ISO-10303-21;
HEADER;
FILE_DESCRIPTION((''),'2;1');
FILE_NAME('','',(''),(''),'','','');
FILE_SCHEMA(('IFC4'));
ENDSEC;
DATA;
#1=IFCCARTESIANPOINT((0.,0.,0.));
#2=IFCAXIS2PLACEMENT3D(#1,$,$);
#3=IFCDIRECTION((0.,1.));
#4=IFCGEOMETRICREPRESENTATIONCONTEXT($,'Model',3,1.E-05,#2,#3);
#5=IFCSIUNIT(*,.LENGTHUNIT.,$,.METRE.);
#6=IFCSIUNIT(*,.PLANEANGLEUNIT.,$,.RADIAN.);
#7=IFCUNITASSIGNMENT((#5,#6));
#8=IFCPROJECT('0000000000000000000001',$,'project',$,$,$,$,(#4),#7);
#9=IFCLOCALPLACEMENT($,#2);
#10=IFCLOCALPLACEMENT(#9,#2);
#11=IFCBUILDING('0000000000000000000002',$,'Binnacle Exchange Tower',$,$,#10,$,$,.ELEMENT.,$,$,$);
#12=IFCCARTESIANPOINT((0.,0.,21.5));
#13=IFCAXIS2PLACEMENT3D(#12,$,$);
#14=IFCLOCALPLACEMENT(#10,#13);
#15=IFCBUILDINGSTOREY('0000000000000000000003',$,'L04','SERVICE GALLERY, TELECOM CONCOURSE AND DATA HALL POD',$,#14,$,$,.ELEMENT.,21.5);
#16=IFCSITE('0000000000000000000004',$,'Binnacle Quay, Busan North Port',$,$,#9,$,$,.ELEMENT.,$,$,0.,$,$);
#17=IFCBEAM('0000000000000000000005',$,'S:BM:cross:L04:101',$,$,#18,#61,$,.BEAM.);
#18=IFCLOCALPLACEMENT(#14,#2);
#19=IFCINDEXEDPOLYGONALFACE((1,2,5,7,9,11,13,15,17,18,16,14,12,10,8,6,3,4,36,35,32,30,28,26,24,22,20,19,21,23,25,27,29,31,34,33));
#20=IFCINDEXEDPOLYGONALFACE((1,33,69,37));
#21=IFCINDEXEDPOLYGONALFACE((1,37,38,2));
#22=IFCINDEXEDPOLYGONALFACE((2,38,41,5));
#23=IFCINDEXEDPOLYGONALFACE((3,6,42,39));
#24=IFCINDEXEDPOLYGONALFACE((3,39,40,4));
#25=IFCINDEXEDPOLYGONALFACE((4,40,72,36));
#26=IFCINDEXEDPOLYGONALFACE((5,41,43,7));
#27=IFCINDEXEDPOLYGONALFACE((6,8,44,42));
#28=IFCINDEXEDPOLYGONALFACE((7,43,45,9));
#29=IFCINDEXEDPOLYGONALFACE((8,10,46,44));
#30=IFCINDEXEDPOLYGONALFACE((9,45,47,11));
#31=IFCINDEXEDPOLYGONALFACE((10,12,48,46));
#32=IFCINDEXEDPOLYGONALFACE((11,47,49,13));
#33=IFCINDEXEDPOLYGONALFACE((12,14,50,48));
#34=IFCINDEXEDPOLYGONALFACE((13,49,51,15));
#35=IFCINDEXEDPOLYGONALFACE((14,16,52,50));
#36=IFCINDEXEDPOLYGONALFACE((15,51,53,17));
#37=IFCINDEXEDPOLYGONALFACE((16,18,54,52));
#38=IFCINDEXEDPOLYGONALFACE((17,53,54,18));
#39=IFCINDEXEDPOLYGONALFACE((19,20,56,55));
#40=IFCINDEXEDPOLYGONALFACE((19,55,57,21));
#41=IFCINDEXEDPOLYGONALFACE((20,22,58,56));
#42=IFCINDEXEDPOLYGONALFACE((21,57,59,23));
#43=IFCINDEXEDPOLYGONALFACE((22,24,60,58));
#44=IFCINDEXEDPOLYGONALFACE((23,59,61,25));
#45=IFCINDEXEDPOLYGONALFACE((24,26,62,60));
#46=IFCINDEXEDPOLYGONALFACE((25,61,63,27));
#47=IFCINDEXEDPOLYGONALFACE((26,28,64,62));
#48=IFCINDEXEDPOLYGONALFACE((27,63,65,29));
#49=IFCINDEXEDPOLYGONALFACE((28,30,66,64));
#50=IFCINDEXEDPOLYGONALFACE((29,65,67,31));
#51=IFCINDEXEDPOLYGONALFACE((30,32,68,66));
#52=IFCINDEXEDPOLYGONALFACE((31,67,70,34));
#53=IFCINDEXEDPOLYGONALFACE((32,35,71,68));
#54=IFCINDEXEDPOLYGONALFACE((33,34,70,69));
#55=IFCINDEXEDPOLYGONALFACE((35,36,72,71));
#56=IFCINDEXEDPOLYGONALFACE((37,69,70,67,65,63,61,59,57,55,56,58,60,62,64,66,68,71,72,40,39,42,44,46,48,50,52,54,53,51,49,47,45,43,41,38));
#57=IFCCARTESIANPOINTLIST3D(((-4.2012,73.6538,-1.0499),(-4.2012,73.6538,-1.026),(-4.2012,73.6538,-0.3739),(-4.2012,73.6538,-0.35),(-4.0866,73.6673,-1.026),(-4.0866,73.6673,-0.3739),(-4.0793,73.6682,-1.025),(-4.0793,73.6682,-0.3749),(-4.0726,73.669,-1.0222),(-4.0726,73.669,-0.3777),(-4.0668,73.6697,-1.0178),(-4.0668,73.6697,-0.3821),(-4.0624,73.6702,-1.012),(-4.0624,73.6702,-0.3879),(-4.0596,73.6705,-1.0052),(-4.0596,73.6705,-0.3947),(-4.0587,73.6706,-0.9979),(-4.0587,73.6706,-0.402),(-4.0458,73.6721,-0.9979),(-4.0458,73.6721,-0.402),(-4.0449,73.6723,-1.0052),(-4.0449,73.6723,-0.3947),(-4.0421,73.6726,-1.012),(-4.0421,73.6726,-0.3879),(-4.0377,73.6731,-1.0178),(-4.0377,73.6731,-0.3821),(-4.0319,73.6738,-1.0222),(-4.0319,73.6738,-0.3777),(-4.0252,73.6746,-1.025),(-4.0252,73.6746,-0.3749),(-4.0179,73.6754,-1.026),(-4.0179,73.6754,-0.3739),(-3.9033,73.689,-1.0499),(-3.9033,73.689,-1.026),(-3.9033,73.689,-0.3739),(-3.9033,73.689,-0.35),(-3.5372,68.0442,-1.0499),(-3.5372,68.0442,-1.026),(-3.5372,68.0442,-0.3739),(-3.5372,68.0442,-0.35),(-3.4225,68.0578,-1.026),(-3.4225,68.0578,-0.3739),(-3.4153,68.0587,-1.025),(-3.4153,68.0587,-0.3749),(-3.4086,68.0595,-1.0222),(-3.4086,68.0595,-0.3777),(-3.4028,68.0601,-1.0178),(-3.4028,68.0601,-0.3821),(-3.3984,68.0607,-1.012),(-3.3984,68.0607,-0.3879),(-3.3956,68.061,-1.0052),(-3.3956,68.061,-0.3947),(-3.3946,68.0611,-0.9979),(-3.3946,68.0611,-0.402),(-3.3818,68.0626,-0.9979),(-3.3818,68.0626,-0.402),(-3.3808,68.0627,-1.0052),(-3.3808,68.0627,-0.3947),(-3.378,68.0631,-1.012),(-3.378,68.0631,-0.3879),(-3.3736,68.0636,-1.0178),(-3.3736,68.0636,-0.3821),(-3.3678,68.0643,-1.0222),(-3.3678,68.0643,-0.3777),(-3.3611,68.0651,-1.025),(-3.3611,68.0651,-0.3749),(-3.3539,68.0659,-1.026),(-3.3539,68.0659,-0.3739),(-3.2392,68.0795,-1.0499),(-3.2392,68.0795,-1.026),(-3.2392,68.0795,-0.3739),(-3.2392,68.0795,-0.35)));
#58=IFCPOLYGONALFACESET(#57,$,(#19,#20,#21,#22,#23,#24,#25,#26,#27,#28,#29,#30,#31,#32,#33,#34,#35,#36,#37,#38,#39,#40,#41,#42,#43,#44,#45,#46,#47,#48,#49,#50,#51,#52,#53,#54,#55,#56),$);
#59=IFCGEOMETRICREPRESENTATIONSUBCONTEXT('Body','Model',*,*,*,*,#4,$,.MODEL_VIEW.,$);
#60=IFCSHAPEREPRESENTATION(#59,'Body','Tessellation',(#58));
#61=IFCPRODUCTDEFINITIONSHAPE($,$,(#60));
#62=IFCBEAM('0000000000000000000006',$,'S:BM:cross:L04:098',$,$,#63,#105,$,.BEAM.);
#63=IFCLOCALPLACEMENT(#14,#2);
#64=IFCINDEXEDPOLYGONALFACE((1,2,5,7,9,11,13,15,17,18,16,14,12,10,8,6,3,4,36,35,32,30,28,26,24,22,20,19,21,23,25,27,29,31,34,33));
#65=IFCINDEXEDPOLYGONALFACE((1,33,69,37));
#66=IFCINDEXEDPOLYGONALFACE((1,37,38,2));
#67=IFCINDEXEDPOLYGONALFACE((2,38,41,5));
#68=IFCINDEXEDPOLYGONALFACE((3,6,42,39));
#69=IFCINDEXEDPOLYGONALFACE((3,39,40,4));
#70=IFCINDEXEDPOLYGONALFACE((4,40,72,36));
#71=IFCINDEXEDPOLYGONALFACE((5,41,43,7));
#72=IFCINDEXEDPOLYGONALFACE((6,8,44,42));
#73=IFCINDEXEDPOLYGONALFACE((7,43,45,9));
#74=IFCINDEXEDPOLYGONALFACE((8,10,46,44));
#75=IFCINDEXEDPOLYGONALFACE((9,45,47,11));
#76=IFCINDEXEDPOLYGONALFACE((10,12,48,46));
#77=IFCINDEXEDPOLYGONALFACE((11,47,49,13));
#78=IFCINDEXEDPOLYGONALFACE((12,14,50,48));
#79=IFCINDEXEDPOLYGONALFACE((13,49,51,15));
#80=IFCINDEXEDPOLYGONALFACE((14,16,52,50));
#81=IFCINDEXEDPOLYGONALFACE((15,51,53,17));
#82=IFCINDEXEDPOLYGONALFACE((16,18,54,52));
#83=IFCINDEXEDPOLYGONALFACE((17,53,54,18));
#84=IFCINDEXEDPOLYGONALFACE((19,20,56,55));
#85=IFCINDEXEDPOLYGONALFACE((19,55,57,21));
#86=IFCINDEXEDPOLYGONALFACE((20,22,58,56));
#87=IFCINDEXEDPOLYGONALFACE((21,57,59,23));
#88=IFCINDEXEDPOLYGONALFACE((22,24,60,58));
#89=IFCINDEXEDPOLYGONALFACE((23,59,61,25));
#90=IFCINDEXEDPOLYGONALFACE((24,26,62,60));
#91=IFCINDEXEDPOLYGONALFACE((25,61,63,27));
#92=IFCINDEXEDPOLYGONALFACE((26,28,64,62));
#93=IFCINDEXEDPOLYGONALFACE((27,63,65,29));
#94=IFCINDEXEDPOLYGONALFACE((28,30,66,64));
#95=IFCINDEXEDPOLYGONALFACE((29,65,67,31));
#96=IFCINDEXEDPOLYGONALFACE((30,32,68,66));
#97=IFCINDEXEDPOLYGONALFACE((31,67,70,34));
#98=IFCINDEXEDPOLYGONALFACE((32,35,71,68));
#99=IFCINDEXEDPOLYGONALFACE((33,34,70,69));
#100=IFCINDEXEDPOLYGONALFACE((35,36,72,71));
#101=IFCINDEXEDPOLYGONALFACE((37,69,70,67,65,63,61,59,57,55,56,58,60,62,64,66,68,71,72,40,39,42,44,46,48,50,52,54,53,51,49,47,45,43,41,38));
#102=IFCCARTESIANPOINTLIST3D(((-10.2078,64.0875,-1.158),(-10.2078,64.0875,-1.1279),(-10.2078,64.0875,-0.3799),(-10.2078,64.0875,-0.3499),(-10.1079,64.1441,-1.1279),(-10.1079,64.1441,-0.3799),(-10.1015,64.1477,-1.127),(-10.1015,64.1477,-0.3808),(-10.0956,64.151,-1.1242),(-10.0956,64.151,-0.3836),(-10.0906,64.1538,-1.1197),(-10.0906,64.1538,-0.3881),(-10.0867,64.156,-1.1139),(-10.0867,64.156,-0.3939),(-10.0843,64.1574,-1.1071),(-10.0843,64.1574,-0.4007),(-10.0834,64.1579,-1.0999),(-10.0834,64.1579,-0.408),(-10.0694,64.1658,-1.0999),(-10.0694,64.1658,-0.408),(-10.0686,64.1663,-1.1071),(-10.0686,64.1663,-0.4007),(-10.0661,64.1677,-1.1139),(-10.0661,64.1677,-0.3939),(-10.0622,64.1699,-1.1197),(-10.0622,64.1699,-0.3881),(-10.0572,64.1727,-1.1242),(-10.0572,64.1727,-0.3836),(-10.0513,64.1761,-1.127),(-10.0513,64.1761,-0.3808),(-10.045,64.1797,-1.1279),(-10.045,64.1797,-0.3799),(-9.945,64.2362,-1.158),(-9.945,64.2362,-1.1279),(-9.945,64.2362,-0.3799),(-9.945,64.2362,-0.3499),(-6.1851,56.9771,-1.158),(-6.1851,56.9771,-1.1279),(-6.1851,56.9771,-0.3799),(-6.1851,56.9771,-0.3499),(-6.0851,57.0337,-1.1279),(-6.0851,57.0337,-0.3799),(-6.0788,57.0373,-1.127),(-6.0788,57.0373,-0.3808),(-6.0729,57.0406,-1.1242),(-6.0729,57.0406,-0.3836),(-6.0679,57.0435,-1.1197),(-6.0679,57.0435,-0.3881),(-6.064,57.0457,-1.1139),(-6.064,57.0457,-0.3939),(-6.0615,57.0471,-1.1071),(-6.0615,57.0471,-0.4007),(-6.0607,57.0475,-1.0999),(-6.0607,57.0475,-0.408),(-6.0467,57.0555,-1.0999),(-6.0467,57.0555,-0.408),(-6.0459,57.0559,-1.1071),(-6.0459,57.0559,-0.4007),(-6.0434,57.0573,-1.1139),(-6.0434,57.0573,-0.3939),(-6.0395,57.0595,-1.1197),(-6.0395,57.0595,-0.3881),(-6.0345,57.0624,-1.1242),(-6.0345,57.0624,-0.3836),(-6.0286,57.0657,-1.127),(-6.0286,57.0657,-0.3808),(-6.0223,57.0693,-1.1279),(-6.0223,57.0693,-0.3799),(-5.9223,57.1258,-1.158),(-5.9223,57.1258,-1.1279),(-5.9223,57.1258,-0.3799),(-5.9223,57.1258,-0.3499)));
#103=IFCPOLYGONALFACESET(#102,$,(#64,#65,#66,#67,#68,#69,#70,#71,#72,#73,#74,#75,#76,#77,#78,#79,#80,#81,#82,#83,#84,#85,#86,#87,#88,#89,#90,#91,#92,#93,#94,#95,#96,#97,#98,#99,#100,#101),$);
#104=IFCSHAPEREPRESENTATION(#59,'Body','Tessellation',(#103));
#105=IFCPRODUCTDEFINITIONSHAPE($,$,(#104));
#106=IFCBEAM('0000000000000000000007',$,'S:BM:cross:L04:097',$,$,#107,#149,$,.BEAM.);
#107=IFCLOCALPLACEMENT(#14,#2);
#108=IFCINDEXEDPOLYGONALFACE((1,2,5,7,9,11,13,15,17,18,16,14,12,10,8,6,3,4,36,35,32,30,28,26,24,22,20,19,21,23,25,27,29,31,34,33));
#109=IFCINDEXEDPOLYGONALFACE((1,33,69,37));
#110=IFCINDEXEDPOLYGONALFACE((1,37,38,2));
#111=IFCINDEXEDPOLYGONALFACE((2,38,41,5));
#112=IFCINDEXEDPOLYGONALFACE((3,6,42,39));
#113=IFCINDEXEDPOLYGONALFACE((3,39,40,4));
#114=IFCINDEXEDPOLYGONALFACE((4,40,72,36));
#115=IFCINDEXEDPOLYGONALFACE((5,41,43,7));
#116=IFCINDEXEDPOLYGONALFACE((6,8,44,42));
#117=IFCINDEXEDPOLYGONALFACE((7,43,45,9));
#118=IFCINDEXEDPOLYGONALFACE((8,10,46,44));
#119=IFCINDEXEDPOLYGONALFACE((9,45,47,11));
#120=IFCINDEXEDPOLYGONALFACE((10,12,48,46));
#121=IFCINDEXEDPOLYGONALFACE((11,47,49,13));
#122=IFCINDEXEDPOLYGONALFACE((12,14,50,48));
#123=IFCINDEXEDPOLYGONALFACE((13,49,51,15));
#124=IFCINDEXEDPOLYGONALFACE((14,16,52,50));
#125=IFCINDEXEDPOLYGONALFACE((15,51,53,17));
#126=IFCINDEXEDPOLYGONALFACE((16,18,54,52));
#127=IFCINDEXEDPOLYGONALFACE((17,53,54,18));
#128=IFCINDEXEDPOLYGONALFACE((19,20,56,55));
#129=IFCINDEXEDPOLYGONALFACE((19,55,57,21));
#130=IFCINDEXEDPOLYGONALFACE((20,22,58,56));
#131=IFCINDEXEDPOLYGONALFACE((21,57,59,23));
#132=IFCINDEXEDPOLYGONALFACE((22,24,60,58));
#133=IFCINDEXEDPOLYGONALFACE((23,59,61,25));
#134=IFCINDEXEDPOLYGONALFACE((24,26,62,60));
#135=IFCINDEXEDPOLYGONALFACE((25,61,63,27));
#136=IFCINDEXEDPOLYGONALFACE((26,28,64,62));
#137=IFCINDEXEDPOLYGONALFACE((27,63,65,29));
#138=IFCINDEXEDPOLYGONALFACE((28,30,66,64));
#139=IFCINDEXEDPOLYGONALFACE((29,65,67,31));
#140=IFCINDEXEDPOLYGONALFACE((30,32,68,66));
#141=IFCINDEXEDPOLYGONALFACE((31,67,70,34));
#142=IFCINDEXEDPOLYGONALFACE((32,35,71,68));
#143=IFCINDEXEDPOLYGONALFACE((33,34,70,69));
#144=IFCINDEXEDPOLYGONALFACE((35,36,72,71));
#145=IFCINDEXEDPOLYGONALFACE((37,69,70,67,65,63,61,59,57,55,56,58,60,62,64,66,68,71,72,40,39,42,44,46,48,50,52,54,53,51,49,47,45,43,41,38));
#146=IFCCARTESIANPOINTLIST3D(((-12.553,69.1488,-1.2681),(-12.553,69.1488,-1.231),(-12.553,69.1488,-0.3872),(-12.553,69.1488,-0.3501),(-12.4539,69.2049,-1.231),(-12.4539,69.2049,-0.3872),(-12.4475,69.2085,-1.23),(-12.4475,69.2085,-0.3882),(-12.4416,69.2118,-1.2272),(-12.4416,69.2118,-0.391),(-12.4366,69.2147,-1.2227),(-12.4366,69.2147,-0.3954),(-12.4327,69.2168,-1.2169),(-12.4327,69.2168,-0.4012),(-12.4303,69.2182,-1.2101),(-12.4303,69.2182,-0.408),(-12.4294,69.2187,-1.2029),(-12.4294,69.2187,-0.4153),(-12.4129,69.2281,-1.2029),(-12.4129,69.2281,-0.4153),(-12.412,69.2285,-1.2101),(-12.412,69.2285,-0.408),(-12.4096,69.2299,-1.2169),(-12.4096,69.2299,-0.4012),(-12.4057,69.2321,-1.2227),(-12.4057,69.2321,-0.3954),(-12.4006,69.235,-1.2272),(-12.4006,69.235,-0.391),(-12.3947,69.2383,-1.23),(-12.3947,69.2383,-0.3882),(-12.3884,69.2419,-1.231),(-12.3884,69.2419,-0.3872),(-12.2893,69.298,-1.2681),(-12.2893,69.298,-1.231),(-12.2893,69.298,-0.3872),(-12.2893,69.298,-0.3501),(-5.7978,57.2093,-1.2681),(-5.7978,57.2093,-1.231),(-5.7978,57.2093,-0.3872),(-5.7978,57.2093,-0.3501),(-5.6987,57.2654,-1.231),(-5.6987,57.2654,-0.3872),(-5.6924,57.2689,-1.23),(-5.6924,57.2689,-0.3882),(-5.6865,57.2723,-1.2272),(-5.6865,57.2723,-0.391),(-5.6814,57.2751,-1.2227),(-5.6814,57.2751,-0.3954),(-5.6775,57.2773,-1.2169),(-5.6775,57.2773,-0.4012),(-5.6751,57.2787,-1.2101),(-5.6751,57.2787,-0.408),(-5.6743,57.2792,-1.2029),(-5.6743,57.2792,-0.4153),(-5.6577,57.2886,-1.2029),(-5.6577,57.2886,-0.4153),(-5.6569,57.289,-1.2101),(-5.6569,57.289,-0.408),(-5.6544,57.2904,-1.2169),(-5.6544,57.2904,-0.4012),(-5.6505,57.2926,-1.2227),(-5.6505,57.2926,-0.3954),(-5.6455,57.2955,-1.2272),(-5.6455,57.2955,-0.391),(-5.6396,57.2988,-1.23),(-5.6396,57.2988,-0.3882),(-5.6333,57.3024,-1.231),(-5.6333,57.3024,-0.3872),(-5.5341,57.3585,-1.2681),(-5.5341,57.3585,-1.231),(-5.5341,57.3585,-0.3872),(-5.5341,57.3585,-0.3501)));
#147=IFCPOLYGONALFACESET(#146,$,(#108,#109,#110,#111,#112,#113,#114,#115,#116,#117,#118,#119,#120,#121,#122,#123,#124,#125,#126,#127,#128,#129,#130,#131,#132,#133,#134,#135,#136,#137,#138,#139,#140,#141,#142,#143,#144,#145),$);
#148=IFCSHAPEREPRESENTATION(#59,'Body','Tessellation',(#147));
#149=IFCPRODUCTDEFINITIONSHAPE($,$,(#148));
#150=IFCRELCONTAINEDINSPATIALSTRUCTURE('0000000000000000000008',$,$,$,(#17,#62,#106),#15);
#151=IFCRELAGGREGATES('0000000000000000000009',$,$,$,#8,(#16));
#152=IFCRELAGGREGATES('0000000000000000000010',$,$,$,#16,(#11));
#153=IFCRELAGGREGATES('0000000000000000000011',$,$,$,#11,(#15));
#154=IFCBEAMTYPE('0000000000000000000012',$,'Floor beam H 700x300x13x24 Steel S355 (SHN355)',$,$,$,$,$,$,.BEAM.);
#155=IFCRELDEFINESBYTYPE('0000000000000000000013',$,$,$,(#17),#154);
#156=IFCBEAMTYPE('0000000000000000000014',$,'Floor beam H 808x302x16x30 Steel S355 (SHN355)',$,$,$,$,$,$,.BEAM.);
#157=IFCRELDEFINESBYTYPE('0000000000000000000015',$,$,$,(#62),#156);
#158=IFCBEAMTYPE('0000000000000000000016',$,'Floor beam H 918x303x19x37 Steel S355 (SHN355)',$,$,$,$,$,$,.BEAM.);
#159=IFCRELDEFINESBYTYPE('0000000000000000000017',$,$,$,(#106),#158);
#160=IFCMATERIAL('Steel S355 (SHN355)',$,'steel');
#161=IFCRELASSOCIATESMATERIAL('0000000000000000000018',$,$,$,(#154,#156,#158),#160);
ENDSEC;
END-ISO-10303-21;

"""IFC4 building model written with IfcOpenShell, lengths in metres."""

from ifc_helpers import new_model, si_unit, direction, frame, origin, origin_2d, place, context, subcontext, project, spatial, i_section, extrude, material, material_profile, profile_set, type_object, element, save


model = new_model("IFC4")

# Units and contexts
model_context = context("Model", 3, precision=1e-05, world=origin(), true_north=direction((0.0, 1.0)))
body_context = subcontext(model_context, "Body", "Model", "MODEL_VIEW")
ifc_project = project(units=[si_unit("LENGTHUNIT", "METRE"), si_unit("PLANEANGLEUNIT", "RADIAN")], contexts=[model_context])

# Site, building, storey
site_placement = place(None, origin())
site = spatial("IfcSite", under=ifc_project, at=site_placement, Name="Binnacle Quay, Busan North Port", CompositionType="ELEMENT", RefElevation=0.0)
building_placement = place(site_placement, origin())
building = spatial("IfcBuilding", under=site, at=building_placement, Name="Binnacle Exchange Tower", CompositionType="ELEMENT")
storey_placement = place(building_placement, frame((0.0, 0.0, 21.5)))
storey = spatial("IfcBuildingStorey", under=building, at=storey_placement, Name="L04", Description="SERVICE GALLERY, TELECOM CONCOURSE AND DATA HALL POD", CompositionType="ELEMENT", Elevation=21.5)

# Beams
ifc_material_1 = material(Name="Steel S355 (SHN355)", Category="steel")
ifc_material_profile_1 = material_profile(ifc_material_1, i_section(OverallWidth=0.3, OverallDepth=0.7, WebThickness=0.0129, FlangeThickness=0.0239, FilletRadius=0.0281, at=origin_2d()), Name="H 700x300x13x24")
ifc_profile_set_1 = profile_set([ifc_material_profile_1], Name="Steel S355 (SHN355)")
beam_type_1 = type_object("IfcBeamType", Name="Floor beam H 700x300x13x24 Steel S355 (SHN355)", PredefinedType="BEAM", material=ifc_profile_set_1)
beam_1_placement = place(storey_placement, frame((-4.0522, 73.6714, -0.7), z_axis=(0.117558, -0.993066, 0.0), x_axis=(0.993066, 0.117558, 0.0)))
element("IfcBeam", 1, at=beam_1_placement, inside=storey, type_object=beam_type_1, Name="S:BM:cross:L04:101", PredefinedType="BEAM", context=body_context, shape_type="SweptSolid", body=[
    extrude(i_section(OverallWidth=0.3, OverallDepth=0.7, WebThickness=0.0129, FlangeThickness=0.0239, FilletRadius=0.0281, at=origin_2d()), origin(), (0.0, 0.0, 1.0), 5.6487),
])
ifc_material_profile_2 = material_profile(ifc_material_1, i_section(OverallWidth=0.302, OverallDepth=0.8081, WebThickness=0.0161, FlangeThickness=0.03, FilletRadius=0.0281, at=origin_2d()), Name="H 808x302x16x30")
ifc_profile_set_2 = profile_set([ifc_material_profile_2], Name="Steel S355 (SHN355)")
beam_type_2 = type_object("IfcBeamType", Name="Floor beam H 808x302x16x30 Steel S355 (SHN355)", PredefinedType="BEAM", material=ifc_profile_set_2)
beam_2_placement = place(storey_placement, frame((-10.0764, 64.1619, -0.7539), z_axis=(0.492411, -0.870363, 0.0), x_axis=(0.870363, 0.492411, 0.0)))
element("IfcBeam", 2, at=beam_2_placement, inside=storey, type_object=beam_type_2, Name="S:BM:cross:L04:098", PredefinedType="BEAM", context=body_context, shape_type="SweptSolid", body=[
    extrude(i_section(OverallWidth=0.302, OverallDepth=0.8081, WebThickness=0.0161, FlangeThickness=0.03, FilletRadius=0.0281, at=origin_2d()), origin(), (0.0, 0.0, 1.0), 8.1694),
])
ifc_material_profile_3 = material_profile(ifc_material_1, i_section(OverallWidth=0.303, OverallDepth=0.918, WebThickness=0.019, FlangeThickness=0.0371, FilletRadius=0.0281, at=origin_2d()), Name="H 918x303x19x37")
ifc_profile_set_3 = profile_set([ifc_material_profile_3], Name="Steel S355 (SHN355)")
beam_type_3 = type_object("IfcBeamType", Name="Floor beam H 918x303x19x37 Steel S355 (SHN355)", PredefinedType="BEAM", material=ifc_profile_set_3)
beam_3_placement = place(storey_placement, frame((-12.4211, 69.2234, -0.8091), z_axis=(0.49243, -0.870352, 0.0), x_axis=(0.870352, 0.49243, 0.0)))
element("IfcBeam", 3, at=beam_3_placement, inside=storey, type_object=beam_type_3, Name="S:BM:cross:L04:097", PredefinedType="BEAM", context=body_context, shape_type="SweptSolid", body=[
    extrude(i_section(OverallWidth=0.303, OverallDepth=0.918, WebThickness=0.019, FlangeThickness=0.0371, FilletRadius=0.0281, at=origin_2d()), origin(), (0.0, 0.0, 1.0), 13.718),
])

save(model, "model.ifc")
